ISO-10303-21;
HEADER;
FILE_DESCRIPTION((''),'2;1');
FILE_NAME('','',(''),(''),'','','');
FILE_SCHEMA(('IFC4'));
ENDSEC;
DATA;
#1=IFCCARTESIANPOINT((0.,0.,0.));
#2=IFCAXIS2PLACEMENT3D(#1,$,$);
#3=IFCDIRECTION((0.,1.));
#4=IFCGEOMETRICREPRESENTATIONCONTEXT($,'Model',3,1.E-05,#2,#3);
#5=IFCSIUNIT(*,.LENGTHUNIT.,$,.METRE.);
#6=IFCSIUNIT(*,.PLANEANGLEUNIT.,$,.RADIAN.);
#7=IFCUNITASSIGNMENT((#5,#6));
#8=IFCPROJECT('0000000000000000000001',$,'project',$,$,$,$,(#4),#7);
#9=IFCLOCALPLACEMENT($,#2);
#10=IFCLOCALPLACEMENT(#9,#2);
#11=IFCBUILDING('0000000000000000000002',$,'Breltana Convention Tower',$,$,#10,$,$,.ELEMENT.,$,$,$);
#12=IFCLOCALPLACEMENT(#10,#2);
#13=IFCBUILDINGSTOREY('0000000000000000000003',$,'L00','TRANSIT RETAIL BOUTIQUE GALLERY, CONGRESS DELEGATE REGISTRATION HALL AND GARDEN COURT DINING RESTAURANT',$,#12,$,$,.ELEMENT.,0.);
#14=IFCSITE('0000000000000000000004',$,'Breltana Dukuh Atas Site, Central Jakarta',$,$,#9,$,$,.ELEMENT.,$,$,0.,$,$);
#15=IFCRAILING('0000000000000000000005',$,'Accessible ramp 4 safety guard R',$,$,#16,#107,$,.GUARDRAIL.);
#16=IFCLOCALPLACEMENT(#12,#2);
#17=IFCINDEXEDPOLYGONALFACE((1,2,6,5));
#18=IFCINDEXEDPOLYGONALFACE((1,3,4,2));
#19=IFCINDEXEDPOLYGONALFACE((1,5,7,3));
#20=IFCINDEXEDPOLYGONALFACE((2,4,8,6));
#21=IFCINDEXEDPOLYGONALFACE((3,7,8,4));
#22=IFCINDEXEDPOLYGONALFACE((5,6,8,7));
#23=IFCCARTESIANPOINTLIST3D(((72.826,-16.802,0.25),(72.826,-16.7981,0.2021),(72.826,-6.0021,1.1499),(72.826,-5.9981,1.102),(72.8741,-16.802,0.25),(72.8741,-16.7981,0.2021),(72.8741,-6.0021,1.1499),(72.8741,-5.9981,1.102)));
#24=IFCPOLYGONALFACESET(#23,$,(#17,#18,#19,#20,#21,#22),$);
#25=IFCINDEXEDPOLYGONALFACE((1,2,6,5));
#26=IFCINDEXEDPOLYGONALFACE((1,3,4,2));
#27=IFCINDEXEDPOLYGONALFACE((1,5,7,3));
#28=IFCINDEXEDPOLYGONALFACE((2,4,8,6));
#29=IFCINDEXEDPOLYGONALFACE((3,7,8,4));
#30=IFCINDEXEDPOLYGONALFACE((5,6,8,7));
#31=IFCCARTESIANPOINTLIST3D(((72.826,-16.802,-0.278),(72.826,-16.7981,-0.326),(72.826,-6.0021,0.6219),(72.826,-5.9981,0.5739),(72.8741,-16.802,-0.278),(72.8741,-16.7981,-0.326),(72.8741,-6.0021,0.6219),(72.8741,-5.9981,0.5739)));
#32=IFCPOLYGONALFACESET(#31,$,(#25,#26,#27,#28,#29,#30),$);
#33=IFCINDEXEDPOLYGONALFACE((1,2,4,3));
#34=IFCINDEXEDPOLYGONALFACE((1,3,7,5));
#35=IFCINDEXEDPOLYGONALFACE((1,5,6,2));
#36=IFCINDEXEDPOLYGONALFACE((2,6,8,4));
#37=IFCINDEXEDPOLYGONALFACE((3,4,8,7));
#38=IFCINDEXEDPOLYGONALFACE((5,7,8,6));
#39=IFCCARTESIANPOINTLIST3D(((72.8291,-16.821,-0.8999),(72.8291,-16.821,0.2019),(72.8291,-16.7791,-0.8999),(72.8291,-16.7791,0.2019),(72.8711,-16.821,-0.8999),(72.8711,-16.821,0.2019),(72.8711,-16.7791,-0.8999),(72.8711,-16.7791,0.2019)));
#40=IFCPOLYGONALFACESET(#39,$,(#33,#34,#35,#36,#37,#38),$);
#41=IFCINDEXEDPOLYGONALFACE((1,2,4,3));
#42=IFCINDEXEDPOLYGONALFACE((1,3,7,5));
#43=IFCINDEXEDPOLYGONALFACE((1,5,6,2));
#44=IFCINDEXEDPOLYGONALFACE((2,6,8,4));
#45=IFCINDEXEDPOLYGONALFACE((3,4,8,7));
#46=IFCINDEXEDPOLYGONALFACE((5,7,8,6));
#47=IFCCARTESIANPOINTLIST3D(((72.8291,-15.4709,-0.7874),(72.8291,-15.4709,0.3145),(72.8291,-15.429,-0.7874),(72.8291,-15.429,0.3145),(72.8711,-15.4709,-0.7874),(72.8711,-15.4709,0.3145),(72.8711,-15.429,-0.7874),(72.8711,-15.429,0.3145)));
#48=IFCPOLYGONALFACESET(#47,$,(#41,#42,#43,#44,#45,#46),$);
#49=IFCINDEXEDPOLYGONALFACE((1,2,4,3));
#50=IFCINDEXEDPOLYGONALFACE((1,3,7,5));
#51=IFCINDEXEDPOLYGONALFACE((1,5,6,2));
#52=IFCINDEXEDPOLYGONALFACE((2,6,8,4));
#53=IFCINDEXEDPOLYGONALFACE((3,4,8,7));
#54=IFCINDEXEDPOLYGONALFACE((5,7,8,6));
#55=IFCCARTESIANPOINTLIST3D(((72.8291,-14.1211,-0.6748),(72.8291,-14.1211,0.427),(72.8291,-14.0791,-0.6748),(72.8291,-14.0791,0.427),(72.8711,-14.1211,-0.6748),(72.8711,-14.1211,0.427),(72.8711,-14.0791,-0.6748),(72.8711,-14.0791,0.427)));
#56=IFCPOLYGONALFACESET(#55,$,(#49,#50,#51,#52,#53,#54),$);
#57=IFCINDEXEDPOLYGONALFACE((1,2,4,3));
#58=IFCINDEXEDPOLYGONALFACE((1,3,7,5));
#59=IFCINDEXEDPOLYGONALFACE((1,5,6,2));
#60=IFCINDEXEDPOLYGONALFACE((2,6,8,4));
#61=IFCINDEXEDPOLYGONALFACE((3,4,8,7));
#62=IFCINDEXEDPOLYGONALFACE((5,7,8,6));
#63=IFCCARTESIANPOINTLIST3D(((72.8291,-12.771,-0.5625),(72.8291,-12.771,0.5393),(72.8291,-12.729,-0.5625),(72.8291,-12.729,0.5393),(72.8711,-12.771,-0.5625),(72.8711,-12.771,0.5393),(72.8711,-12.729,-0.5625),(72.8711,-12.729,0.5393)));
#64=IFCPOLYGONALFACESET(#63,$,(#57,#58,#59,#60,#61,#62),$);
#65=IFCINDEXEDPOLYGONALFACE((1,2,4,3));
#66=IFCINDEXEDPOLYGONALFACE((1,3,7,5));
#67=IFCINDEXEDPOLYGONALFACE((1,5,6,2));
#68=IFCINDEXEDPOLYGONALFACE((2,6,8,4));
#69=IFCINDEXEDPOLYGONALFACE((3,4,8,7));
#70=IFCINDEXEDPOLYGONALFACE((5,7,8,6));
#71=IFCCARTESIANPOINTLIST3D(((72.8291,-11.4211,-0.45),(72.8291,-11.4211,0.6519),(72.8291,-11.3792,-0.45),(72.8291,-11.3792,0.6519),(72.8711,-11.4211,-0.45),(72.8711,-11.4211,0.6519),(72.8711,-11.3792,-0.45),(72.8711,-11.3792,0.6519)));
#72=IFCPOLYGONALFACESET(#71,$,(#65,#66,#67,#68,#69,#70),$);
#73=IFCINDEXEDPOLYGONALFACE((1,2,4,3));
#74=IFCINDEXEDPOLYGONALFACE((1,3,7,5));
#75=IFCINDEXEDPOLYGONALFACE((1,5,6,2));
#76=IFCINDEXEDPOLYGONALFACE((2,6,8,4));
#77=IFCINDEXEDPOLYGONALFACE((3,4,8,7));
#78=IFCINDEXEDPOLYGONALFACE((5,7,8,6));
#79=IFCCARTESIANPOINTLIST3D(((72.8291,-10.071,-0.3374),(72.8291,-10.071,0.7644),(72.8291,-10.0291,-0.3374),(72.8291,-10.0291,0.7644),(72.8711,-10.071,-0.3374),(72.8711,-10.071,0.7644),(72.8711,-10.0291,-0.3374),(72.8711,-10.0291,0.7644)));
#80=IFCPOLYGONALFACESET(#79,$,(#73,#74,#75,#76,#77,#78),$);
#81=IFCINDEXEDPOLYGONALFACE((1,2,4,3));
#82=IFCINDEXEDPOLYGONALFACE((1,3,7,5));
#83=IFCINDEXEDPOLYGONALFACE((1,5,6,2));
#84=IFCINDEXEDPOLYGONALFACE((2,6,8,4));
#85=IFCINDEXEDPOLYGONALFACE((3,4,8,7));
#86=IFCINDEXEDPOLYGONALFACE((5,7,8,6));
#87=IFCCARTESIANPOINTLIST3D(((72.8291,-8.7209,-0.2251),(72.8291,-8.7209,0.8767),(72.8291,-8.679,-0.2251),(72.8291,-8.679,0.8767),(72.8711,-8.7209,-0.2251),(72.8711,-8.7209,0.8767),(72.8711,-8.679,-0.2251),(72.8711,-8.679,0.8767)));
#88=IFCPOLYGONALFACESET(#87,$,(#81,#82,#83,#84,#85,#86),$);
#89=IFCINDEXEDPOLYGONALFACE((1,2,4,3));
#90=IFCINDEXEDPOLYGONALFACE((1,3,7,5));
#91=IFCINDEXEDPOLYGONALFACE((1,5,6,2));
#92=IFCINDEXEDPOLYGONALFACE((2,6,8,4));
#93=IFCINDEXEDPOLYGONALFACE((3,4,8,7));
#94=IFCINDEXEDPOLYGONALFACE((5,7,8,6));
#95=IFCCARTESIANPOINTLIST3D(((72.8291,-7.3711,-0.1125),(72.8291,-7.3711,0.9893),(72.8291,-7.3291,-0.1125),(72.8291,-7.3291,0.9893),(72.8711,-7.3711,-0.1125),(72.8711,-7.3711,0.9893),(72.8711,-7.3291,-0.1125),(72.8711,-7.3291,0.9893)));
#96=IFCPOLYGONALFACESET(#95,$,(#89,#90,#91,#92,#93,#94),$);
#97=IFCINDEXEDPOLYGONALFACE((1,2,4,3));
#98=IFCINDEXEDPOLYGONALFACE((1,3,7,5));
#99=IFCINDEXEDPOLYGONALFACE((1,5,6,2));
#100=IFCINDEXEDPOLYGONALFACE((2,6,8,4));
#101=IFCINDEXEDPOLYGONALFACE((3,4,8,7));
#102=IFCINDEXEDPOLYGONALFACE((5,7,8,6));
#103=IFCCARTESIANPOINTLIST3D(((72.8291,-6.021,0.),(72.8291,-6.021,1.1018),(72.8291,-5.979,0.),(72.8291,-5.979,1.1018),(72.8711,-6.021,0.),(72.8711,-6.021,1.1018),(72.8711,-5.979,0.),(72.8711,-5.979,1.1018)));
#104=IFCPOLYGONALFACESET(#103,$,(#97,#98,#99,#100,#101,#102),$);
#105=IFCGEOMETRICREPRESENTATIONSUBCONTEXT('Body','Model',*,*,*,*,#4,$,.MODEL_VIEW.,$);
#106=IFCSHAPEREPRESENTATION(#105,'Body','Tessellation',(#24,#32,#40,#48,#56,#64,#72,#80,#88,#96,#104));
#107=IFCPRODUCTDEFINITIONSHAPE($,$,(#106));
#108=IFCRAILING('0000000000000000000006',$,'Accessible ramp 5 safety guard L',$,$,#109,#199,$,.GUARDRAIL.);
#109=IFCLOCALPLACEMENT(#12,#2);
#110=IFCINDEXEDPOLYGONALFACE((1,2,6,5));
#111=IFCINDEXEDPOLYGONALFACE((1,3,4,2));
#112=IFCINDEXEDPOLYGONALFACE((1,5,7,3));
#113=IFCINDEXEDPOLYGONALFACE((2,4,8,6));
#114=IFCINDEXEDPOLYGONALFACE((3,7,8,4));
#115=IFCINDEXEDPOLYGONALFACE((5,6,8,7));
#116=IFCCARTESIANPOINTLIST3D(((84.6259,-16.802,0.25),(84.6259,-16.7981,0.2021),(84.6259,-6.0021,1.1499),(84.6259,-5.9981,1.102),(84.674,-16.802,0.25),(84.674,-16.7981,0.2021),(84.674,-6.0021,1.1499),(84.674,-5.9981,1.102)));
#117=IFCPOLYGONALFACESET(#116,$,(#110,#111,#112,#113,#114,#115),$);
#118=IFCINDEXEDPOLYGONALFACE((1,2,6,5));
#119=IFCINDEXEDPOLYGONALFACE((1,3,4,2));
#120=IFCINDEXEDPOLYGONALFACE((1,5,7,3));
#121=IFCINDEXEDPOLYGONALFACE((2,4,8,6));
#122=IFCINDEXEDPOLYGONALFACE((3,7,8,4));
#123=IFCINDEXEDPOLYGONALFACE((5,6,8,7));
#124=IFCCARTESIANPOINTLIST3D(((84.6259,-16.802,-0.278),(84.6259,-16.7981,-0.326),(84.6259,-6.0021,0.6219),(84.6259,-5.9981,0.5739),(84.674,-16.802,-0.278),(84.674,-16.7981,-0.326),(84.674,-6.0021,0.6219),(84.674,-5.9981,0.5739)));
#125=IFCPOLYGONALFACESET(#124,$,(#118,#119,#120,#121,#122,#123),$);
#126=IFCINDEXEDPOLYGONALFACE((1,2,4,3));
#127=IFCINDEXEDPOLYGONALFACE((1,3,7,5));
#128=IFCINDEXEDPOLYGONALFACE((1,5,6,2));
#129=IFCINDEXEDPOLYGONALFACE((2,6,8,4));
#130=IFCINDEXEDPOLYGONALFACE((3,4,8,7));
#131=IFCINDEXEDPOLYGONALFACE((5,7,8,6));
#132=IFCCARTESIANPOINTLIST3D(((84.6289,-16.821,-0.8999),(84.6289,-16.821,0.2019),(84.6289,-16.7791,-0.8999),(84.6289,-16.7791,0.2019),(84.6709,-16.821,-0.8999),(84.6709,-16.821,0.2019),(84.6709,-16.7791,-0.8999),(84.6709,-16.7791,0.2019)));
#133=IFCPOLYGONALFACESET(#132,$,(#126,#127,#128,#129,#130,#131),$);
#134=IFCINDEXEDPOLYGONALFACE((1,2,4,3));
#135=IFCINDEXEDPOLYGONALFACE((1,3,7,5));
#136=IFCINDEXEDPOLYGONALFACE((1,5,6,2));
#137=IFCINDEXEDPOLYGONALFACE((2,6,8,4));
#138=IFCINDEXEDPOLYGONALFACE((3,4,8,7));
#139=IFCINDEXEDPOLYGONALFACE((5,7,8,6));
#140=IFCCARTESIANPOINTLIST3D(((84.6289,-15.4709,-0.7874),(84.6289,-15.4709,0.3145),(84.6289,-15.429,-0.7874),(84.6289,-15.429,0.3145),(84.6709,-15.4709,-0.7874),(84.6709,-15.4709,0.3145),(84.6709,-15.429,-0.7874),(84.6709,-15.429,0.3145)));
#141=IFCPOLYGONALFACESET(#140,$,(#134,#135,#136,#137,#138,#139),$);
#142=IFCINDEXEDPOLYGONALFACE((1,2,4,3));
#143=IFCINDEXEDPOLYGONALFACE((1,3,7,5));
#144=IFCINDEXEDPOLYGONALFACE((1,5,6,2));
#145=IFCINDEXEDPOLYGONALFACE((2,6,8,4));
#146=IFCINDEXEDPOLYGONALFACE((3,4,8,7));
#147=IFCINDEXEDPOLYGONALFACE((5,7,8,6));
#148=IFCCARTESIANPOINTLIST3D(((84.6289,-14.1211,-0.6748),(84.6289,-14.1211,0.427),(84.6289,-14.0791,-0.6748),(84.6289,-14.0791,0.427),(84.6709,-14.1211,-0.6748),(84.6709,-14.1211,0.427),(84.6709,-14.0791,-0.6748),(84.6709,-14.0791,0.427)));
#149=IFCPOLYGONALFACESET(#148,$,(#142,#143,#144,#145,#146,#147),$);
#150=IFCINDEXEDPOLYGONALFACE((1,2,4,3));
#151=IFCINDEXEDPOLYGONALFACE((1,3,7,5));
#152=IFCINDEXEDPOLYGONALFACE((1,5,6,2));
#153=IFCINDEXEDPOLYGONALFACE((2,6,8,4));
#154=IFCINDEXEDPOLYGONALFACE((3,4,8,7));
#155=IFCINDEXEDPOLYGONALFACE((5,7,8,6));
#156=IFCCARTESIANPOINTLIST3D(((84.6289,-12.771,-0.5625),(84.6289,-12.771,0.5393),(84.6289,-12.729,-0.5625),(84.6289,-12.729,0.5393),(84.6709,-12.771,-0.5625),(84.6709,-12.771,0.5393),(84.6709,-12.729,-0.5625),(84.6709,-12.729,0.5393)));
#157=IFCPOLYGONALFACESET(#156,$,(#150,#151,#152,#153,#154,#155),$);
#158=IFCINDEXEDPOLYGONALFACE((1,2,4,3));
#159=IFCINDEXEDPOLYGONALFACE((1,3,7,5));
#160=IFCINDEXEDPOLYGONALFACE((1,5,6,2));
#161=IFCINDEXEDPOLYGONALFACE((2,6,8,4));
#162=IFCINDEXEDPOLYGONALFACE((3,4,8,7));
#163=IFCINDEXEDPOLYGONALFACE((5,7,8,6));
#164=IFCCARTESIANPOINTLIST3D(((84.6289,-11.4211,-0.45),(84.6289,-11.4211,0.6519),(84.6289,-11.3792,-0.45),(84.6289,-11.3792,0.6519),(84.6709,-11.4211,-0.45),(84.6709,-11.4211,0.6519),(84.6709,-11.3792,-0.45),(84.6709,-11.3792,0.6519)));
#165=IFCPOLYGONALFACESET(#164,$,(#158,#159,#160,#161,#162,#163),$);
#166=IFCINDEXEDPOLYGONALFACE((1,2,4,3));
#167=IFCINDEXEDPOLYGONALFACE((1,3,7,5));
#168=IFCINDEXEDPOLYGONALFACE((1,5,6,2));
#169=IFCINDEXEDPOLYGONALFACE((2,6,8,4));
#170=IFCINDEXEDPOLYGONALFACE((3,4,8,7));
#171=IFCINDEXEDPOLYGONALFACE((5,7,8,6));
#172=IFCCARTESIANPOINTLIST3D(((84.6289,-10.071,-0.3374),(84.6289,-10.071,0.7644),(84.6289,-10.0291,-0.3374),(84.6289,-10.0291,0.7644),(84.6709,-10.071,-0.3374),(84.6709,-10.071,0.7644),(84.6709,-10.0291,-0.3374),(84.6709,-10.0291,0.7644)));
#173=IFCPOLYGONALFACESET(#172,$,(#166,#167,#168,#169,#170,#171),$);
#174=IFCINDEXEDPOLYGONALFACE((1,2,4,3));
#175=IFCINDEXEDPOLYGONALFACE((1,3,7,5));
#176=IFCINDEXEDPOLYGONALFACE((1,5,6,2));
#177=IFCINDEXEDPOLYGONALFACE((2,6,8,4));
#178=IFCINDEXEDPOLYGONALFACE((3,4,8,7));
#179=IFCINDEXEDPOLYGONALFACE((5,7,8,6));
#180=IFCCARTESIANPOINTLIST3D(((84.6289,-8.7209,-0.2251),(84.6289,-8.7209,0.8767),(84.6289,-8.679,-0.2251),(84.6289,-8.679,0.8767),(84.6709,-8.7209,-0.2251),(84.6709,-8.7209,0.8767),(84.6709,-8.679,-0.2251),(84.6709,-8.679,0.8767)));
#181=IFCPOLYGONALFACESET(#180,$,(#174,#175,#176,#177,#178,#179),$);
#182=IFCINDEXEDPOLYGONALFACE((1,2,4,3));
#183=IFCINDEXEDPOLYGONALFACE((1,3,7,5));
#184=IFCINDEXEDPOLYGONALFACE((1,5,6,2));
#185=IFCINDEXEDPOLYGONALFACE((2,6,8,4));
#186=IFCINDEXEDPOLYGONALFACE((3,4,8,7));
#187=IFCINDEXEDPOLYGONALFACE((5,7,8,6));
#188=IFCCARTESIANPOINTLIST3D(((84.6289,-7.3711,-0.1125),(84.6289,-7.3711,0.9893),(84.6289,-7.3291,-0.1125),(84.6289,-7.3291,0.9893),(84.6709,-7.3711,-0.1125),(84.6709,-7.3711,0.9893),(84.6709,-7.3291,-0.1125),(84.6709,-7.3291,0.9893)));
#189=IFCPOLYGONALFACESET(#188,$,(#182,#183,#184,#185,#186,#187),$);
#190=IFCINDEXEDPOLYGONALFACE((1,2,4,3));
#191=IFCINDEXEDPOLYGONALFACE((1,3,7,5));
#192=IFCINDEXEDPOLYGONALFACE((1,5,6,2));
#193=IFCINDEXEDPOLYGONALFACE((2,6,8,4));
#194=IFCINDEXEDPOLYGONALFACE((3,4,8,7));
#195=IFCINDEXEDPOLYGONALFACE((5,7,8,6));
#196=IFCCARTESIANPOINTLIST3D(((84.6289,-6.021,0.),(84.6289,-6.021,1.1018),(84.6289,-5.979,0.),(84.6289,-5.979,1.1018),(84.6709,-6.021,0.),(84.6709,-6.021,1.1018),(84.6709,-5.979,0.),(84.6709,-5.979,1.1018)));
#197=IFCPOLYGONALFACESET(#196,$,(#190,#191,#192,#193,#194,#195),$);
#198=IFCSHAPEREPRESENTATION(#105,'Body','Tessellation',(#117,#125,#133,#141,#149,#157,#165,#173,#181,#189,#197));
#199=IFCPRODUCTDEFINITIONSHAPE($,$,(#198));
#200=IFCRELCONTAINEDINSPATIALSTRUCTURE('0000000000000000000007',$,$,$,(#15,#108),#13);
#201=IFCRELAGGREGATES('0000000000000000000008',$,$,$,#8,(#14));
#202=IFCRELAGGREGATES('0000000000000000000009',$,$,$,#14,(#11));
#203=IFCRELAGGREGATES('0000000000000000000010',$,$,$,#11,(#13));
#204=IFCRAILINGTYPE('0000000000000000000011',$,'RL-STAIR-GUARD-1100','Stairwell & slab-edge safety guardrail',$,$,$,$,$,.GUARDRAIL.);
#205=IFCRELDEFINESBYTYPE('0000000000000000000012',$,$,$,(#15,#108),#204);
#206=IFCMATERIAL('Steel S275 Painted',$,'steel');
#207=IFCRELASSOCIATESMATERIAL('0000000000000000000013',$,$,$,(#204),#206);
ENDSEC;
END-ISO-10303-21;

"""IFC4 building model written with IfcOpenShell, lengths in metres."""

from ifc_helpers import new_model, si_unit, direction, frame, origin, origin_2d, place, context, subcontext, project, spatial, rectangle, extrude, material, type_object, element, save


model = new_model("IFC4")

# Units and contexts
model_context = context("Model", 3, precision=1e-05, world=origin(), true_north=direction((0.0, 1.0)))
body_context = subcontext(model_context, "Body", "Model", "MODEL_VIEW")
ifc_project = project(units=[si_unit("LENGTHUNIT", "METRE"), si_unit("PLANEANGLEUNIT", "RADIAN")], contexts=[model_context])

# Site, building, storey
site_placement = place(None, origin())
site = spatial("IfcSite", under=ifc_project, at=site_placement, Name="Breltana Dukuh Atas Site, Central Jakarta", CompositionType="ELEMENT", RefElevation=0.0)
building_placement = place(site_placement, origin())
building = spatial("IfcBuilding", under=site, at=building_placement, Name="Breltana Convention Tower", CompositionType="ELEMENT")
storey_placement = place(building_placement, origin())
storey = spatial("IfcBuildingStorey", under=building, at=storey_placement, Name="L00", Description="TRANSIT RETAIL BOUTIQUE GALLERY, CONGRESS DELEGATE REGISTRATION HALL AND GARDEN COURT DINING RESTAURANT", CompositionType="ELEMENT", Elevation=0.0)

# Railings
ifc_material_1 = material(Name="Steel S275 Painted", Category="steel")
railing_type = type_object("IfcRailingType", Name="RL-STAIR-GUARD-1100", Description="Stairwell & slab-edge safety guardrail", PredefinedType="GUARDRAIL", material=ifc_material_1)
railing_1_placement = place(storey_placement, frame((72.8501, -16.8, -0.8999)))
element("IfcRailing", 1, at=railing_1_placement, inside=storey, type_object=railing_type, Name="Accessible ramp 4 safety guard R", PredefinedType="GUARDRAIL", context=body_context, shape_type="SweptSolid", body=[
    extrude(rectangle(XDim=0.0481, YDim=0.0481, at=origin_2d()), frame((0.0, 0.0, 1.126), z_axis=(0.0, 0.996547, 0.083036), x_axis=(-1.0, 0.0, 0.0)), (0.0, 0.0, 1.0), 10.8374),
    extrude(rectangle(XDim=0.0481, YDim=0.0481, at=origin_2d()), frame((0.0, 0.0, 0.5979), z_axis=(0.0, 0.996547, 0.083036), x_axis=(-1.0, 0.0, 0.0)), (0.0, 0.0, 1.0), 10.8374),
    extrude(rectangle(XDim=0.042, YDim=0.042, at=origin_2d()), origin(), (0.0, 0.0, 1.0), 1.1018),
    extrude(rectangle(XDim=0.042, YDim=0.042, at=origin_2d()), frame((0.0, 1.3501, 0.1125)), (0.0, 0.0, 1.0), 1.1018),
    extrude(rectangle(XDim=0.042, YDim=0.042, at=origin_2d()), frame((0.0, 2.7, 0.2251)), (0.0, 0.0, 1.0), 1.1018),
    extrude(rectangle(XDim=0.042, YDim=0.042, at=origin_2d()), frame((0.0, 4.05, 0.3374)), (0.0, 0.0, 1.0), 1.1018),
    extrude(rectangle(XDim=0.042, YDim=0.042, at=origin_2d()), frame((0.0, 5.3999, 0.45)), (0.0, 0.0, 1.0), 1.1018),
    extrude(rectangle(XDim=0.042, YDim=0.042, at=origin_2d()), frame((0.0, 6.75, 0.5625)), (0.0, 0.0, 1.0), 1.1018),
    extrude(rectangle(XDim=0.042, YDim=0.042, at=origin_2d()), frame((0.0, 8.1001, 0.6748)), (0.0, 0.0, 1.0), 1.1018),
    extrude(rectangle(XDim=0.042, YDim=0.042, at=origin_2d()), frame((0.0, 9.45, 0.7874)), (0.0, 0.0, 1.0), 1.1018),
    extrude(rectangle(XDim=0.042, YDim=0.042, at=origin_2d()), frame((0.0, 10.8, 0.8999)), (0.0, 0.0, 1.0), 1.1018),
])
railing_2_placement = place(storey_placement, frame((84.6499, -16.8, -0.8999)))
element("IfcRailing", 2, at=railing_2_placement, inside=storey, type_object=railing_type, Name="Accessible ramp 5 safety guard L", PredefinedType="GUARDRAIL", context=body_context, shape_type="SweptSolid", body=[
    extrude(rectangle(XDim=0.0481, YDim=0.0481, at=origin_2d()), frame((0.0, 0.0, 1.126), z_axis=(0.0, 0.996547, 0.083036), x_axis=(-1.0, 0.0, 0.0)), (0.0, 0.0, 1.0), 10.8374),
    extrude(rectangle(XDim=0.0481, YDim=0.0481, at=origin_2d()), frame((0.0, 0.0, 0.5979), z_axis=(0.0, 0.996547, 0.083036), x_axis=(-1.0, 0.0, 0.0)), (0.0, 0.0, 1.0), 10.8374),
    extrude(rectangle(XDim=0.042, YDim=0.042, at=origin_2d()), origin(), (0.0, 0.0, 1.0), 1.1018),
    extrude(rectangle(XDim=0.042, YDim=0.042, at=origin_2d()), frame((0.0, 1.3501, 0.1125)), (0.0, 0.0, 1.0), 1.1018),
    extrude(rectangle(XDim=0.042, YDim=0.042, at=origin_2d()), frame((0.0, 2.7, 0.2251)), (0.0, 0.0, 1.0), 1.1018),
    extrude(rectangle(XDim=0.042, YDim=0.042, at=origin_2d()), frame((0.0, 4.05, 0.3374)), (0.0, 0.0, 1.0), 1.1018),
    extrude(rectangle(XDim=0.042, YDim=0.042, at=origin_2d()), frame((0.0, 5.3999, 0.45)), (0.0, 0.0, 1.0), 1.1018),
    extrude(rectangle(XDim=0.042, YDim=0.042, at=origin_2d()), frame((0.0, 6.75, 0.5625)), (0.0, 0.0, 1.0), 1.1018),
    extrude(rectangle(XDim=0.042, YDim=0.042, at=origin_2d()), frame((0.0, 8.1001, 0.6748)), (0.0, 0.0, 1.0), 1.1018),
    extrude(rectangle(XDim=0.042, YDim=0.042, at=origin_2d()), frame((0.0, 9.45, 0.7874)), (0.0, 0.0, 1.0), 1.1018),
    extrude(rectangle(XDim=0.042, YDim=0.042, at=origin_2d()), frame((0.0, 10.8, 0.8999)), (0.0, 0.0, 1.0), 1.1018),
])

save(model, "model.ifc")
